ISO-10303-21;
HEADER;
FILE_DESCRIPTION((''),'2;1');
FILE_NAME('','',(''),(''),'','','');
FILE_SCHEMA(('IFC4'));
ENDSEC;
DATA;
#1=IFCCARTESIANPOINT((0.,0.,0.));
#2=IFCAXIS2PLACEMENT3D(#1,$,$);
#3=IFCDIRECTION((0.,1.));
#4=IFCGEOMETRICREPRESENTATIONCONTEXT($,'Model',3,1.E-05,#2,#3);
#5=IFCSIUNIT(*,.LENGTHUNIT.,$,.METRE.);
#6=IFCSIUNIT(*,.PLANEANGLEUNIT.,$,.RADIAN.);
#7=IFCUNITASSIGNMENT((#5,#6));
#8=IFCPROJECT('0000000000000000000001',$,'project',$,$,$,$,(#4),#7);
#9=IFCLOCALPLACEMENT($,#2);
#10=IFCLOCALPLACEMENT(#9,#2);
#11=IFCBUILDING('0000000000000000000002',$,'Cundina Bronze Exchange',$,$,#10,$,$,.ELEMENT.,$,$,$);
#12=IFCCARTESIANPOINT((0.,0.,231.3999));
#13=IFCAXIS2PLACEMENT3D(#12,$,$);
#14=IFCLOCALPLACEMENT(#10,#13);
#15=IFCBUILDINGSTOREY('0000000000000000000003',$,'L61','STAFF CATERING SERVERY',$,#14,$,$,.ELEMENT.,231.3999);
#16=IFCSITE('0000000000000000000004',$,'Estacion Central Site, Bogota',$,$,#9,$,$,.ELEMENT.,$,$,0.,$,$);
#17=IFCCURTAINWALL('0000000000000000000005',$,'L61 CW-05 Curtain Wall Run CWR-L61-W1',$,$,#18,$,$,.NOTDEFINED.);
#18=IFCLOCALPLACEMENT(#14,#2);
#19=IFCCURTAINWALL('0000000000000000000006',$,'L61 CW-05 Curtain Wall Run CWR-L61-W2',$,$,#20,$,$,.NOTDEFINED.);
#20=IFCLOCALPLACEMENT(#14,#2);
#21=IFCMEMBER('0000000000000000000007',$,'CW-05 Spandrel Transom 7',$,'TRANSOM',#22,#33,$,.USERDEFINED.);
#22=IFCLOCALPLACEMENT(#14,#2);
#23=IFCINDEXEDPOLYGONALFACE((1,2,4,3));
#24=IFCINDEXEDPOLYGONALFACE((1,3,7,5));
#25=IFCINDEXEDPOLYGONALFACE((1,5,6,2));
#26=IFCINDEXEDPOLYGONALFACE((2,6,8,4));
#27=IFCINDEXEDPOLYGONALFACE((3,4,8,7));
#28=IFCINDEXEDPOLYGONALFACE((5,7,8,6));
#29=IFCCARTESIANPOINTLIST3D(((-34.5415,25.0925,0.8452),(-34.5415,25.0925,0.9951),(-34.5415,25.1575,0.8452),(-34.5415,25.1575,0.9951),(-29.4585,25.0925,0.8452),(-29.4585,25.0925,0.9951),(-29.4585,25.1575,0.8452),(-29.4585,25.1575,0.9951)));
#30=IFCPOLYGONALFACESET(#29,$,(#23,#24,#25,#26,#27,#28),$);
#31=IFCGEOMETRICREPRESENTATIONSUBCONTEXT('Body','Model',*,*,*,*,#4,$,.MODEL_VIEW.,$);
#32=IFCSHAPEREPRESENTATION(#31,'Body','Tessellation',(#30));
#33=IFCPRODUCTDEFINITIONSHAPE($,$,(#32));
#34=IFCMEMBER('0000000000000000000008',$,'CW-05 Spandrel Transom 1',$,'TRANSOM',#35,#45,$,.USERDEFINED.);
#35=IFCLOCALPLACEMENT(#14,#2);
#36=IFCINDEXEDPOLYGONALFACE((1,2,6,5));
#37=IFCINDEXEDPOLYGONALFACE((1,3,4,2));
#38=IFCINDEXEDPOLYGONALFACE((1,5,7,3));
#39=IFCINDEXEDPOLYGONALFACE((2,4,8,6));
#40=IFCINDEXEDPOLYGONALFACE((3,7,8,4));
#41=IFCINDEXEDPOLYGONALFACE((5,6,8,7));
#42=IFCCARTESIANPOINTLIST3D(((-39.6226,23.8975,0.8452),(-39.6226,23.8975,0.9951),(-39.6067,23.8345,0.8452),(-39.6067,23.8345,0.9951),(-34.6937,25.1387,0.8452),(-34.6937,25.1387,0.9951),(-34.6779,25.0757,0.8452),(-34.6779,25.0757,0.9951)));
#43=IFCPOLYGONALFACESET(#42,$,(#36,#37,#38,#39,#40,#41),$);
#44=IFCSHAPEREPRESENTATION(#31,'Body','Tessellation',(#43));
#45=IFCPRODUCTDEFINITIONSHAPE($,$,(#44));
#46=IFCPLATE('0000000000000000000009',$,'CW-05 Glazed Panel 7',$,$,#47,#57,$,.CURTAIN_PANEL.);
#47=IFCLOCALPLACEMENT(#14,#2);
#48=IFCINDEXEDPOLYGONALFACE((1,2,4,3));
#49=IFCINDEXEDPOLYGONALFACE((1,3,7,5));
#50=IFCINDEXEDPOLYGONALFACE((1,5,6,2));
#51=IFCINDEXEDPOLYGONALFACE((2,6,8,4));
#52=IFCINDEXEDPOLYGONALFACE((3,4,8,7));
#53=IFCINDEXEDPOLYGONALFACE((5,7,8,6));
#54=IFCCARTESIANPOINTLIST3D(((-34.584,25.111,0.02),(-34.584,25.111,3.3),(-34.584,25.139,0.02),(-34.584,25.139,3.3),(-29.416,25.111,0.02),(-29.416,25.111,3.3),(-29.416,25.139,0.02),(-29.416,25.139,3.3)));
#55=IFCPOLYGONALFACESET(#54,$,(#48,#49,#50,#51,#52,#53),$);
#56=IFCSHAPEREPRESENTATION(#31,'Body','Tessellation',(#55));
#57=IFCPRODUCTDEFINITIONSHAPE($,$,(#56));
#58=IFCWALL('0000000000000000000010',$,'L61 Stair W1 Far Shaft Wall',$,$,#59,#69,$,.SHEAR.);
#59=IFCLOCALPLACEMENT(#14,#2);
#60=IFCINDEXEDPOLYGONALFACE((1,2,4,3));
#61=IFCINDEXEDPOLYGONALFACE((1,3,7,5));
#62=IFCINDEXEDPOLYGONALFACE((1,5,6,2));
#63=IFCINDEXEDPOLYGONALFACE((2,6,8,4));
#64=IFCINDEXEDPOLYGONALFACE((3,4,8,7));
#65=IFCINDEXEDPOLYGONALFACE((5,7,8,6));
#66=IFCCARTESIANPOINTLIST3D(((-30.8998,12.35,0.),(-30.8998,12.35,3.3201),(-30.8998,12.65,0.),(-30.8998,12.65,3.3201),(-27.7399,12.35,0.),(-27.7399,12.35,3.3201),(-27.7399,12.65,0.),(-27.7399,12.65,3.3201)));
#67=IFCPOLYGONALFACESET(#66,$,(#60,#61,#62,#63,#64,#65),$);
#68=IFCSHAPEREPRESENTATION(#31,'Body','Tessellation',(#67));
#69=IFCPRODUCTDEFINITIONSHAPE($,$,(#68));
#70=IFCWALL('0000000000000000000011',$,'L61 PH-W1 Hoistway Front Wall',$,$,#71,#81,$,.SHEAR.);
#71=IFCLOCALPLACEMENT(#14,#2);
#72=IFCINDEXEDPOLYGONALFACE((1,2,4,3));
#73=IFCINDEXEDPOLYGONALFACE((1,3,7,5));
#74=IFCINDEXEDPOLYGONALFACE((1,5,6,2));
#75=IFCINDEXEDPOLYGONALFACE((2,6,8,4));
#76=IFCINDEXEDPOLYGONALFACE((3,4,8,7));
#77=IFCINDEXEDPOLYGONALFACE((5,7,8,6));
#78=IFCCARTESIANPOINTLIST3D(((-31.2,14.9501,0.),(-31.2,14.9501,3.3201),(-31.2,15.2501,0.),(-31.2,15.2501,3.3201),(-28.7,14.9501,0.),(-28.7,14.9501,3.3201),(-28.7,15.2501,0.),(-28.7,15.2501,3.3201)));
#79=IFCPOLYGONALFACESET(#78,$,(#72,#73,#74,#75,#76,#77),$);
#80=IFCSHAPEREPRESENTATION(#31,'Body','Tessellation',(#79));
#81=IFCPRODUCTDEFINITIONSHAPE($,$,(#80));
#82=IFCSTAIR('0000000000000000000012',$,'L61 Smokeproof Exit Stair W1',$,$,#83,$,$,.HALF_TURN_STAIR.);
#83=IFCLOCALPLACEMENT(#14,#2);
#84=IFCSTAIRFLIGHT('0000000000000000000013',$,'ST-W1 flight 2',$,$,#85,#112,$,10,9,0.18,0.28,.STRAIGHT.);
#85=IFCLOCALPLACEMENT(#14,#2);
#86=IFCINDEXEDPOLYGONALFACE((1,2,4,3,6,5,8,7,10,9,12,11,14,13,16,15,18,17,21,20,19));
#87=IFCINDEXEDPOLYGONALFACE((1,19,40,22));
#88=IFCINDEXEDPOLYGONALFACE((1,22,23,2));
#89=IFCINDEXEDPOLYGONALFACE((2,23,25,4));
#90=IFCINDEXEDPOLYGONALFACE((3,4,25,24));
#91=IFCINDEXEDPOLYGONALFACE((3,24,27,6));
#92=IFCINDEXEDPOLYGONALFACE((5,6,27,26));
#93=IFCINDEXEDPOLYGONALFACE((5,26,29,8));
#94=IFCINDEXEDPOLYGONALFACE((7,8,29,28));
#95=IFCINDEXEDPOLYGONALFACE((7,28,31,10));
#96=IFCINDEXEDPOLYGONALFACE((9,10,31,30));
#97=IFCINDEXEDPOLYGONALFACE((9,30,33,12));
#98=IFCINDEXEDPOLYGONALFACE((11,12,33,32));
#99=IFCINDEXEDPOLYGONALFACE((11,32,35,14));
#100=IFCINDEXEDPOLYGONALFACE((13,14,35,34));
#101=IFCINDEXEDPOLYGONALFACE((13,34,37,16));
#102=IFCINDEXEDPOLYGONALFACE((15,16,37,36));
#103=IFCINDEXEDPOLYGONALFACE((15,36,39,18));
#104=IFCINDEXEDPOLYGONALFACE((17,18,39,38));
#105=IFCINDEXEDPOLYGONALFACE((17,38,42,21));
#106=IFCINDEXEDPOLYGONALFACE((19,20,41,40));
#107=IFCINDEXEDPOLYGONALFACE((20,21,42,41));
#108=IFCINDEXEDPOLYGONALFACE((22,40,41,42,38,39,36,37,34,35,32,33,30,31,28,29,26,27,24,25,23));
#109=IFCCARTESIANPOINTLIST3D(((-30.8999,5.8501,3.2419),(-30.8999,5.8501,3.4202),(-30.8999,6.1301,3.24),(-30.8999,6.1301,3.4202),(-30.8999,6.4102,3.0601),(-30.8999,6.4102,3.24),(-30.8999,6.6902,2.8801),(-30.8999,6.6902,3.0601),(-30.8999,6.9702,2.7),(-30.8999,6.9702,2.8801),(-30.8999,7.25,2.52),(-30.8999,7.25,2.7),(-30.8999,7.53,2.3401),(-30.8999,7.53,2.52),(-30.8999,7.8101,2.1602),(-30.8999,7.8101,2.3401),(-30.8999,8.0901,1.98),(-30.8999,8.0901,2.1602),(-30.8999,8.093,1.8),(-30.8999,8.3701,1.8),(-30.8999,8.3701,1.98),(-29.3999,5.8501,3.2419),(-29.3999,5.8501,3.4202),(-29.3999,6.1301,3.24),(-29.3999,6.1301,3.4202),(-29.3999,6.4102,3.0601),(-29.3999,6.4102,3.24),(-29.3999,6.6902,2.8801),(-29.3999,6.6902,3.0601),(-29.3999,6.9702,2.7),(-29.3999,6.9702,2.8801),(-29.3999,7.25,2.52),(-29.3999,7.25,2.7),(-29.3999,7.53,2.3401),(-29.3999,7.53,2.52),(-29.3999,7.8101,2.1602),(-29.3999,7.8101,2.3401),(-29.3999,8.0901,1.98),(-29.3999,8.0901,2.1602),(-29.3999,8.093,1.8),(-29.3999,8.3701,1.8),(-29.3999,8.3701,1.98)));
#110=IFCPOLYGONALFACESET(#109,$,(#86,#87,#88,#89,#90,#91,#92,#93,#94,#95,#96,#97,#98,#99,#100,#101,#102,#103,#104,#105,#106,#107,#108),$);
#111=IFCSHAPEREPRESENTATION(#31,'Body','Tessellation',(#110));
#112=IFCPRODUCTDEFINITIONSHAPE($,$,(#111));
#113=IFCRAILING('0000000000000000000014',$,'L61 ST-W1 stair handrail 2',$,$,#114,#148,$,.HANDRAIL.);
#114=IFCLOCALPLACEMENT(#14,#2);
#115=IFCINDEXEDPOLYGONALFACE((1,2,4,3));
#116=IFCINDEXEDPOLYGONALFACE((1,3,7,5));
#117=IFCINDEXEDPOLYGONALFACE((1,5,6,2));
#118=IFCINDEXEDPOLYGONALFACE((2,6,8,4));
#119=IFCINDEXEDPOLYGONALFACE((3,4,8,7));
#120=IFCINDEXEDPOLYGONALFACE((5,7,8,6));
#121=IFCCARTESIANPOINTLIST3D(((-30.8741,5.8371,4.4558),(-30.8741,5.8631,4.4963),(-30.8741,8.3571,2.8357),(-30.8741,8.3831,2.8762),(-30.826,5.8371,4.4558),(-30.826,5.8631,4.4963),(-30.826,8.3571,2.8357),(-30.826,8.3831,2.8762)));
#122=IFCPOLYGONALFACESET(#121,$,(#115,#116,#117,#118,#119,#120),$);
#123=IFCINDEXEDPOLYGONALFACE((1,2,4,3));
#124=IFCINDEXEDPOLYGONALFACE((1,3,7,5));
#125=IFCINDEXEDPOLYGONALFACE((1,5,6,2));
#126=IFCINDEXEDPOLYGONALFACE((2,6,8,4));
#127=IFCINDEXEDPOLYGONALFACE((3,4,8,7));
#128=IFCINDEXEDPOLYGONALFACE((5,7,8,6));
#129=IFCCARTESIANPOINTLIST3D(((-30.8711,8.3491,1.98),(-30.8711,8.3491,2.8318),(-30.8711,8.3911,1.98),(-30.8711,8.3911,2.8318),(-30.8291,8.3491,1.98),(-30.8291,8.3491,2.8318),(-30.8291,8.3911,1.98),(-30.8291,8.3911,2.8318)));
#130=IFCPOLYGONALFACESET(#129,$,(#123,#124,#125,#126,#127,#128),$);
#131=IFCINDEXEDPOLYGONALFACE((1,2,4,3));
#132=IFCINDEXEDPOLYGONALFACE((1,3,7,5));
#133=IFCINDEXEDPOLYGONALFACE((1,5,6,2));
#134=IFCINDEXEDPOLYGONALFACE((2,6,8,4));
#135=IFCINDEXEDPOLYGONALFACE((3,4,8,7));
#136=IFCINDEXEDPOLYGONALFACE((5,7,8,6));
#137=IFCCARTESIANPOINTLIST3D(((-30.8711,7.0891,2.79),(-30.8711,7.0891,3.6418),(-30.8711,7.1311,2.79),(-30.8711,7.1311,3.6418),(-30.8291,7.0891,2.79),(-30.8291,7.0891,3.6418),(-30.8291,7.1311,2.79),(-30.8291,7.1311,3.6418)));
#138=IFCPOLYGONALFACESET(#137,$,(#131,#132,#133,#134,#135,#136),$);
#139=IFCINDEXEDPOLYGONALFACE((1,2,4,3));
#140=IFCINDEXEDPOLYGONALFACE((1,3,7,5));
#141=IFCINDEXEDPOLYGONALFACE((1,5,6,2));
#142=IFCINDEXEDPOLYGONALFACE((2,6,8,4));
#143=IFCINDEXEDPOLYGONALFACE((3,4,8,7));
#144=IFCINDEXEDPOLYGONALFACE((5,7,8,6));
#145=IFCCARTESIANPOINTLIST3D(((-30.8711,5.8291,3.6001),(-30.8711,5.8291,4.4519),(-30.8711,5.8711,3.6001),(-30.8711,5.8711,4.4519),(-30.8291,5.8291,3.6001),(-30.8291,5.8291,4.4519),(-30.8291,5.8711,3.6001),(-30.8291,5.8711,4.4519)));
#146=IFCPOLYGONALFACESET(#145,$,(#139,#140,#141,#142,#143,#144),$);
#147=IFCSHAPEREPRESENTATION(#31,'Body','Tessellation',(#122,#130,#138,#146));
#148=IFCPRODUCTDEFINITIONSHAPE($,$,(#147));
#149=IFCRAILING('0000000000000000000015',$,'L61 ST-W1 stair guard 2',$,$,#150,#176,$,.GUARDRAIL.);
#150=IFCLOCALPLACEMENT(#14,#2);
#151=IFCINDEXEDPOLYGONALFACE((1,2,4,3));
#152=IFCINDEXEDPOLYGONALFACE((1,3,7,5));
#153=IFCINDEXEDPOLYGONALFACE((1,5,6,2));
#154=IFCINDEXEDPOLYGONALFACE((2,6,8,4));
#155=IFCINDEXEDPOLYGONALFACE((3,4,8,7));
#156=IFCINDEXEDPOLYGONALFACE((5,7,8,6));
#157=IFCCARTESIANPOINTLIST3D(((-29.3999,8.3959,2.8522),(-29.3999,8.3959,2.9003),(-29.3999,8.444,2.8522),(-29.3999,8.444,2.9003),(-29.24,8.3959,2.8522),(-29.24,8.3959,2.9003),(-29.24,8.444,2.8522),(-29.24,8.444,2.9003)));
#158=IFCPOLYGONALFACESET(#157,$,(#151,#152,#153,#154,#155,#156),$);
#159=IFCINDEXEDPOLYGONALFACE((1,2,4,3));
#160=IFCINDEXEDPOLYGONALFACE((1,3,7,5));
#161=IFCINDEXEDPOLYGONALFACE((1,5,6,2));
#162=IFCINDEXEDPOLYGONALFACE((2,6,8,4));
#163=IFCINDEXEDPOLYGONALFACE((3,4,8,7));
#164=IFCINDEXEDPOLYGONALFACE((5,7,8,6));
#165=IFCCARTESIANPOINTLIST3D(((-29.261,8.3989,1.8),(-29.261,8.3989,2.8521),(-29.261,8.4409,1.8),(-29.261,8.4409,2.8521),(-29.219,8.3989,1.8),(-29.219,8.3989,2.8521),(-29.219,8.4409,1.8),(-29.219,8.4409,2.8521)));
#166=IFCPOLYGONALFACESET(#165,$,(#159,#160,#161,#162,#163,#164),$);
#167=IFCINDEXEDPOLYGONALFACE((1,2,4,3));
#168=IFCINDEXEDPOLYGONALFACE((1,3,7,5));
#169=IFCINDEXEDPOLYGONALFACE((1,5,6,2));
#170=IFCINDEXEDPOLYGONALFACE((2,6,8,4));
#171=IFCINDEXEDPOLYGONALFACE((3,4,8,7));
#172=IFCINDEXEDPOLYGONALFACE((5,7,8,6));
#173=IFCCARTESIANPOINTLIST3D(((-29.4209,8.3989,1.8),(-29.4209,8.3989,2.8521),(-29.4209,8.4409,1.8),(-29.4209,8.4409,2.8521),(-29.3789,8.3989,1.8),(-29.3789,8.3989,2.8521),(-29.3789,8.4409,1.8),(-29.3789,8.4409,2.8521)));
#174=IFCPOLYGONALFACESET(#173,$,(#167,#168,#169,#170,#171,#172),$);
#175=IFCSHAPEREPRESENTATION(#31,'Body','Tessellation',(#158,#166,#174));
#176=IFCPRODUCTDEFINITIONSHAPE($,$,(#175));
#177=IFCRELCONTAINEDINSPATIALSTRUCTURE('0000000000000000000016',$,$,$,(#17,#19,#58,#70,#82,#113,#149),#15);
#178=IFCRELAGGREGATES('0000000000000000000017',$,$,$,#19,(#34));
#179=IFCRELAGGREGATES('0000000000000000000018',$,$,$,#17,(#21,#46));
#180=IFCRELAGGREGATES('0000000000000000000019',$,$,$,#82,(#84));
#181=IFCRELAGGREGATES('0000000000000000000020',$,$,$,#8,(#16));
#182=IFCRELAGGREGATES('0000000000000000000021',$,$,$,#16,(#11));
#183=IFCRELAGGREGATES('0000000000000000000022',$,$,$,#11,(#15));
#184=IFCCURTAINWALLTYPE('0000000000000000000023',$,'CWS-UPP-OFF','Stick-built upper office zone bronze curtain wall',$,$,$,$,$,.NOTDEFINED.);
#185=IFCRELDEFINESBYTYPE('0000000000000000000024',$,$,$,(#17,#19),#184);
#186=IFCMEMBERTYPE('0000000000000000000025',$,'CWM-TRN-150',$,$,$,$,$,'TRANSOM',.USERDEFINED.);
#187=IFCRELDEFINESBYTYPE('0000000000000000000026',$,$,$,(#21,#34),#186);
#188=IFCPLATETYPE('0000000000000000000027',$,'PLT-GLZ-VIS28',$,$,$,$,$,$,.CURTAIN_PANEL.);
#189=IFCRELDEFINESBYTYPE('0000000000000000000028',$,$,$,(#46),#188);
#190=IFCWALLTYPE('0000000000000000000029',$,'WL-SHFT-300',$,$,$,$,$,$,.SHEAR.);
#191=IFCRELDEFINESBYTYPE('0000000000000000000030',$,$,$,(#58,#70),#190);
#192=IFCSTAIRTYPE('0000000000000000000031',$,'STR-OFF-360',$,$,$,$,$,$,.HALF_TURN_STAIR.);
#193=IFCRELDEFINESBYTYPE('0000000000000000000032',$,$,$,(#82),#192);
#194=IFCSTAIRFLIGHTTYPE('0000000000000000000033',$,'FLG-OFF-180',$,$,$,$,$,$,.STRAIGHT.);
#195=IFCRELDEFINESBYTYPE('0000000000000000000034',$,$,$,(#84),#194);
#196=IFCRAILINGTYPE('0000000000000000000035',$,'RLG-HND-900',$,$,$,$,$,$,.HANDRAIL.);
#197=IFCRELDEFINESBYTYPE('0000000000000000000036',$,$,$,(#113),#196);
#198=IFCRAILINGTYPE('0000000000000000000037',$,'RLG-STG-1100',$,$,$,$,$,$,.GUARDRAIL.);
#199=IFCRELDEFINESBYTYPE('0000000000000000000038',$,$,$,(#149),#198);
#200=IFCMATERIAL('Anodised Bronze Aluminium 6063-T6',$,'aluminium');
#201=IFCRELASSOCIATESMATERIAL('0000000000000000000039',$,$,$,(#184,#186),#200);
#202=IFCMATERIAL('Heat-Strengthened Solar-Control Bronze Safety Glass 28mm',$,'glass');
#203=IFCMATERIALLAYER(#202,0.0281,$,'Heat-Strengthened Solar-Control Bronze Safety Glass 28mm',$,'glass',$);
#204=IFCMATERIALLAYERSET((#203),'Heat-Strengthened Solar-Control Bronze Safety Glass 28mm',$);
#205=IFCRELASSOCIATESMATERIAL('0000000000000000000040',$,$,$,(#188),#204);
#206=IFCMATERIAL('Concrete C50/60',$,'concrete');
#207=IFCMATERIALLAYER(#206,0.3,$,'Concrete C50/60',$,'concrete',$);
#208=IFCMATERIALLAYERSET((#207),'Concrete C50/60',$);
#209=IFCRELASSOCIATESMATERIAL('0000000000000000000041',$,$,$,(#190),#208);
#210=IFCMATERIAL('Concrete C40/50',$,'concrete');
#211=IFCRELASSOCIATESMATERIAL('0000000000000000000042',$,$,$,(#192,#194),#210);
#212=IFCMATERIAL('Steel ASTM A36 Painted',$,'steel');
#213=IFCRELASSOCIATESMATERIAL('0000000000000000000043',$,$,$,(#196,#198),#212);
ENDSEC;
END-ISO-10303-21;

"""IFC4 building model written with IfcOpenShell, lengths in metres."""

from ifc_helpers import new_model, si_unit, direction, frame, frame_2d, origin, origin_2d, place, context, subcontext, project, spatial, polyline, rectangle, outline, extrude, material, layer, layer_set, material_profile, profile_set, type_object, element, aggregate, save


model = new_model("IFC4")

# Units and contexts
model_context = context("Model", 3, precision=1e-05, world=origin(), true_north=direction((0.0, 1.0)))
body_context = subcontext(model_context, "Body", "Model", "MODEL_VIEW")
ifc_project = project(units=[si_unit("LENGTHUNIT", "METRE"), si_unit("PLANEANGLEUNIT", "RADIAN")], contexts=[model_context])

# Site, building, storey
site_placement = place(None, origin())
site = spatial("IfcSite", under=ifc_project, at=site_placement, Name="Estacion Central Site, Bogota", CompositionType="ELEMENT", RefElevation=0.0)
building_placement = place(site_placement, origin())
building = spatial("IfcBuilding", under=site, at=building_placement, Name="Cundina Bronze Exchange", CompositionType="ELEMENT")
storey_placement = place(building_placement, frame((0.0, 0.0, 231.3999)))
storey = spatial("IfcBuildingStorey", under=building, at=storey_placement, Name="L61", Description="STAFF CATERING SERVERY", CompositionType="ELEMENT", Elevation=231.3999)

# Shared definitions
ifc_material_1 = material(Name="Concrete C50/60", Category="concrete")

# Curtain wall
ifc_material_2 = material(Name="Anodised Bronze Aluminium 6063-T6", Category="aluminium")
curtain_wall_type = type_object("IfcCurtainWallType", Name="CWS-UPP-OFF", Description="Stick-built upper office zone bronze curtain wall", PredefinedType="NOTDEFINED", material=ifc_material_2)
curtain_wall_1_placement = place(storey_placement, origin())
curtain_wall_1 = element("IfcCurtainWall", 1, at=curtain_wall_1_placement, inside=storey, type_object=curtain_wall_type, Name="L61 CW-05 Curtain Wall Run CWR-L61-W1", PredefinedType="NOTDEFINED")

# Curtain wall
curtain_wall_2_placement = place(storey_placement, origin())
curtain_wall_2 = element("IfcCurtainWall", 2, at=curtain_wall_2_placement, inside=storey, type_object=curtain_wall_type, Name="L61 CW-05 Curtain Wall Run CWR-L61-W2", PredefinedType="NOTDEFINED")

# Members
ifc_material_profile_1 = material_profile(ifc_material_2, rectangle(XDim=0.0649, YDim=0.1499, at=origin_2d()), Name="AL65X150", Category="aluminium")
ifc_profile_set_1 = profile_set([ifc_material_profile_1], Name="Anodised Bronze Aluminium 6063-T6")
member_type_1 = type_object("IfcMemberType", Name="CWM-TRN-150", ElementType="TRANSOM", PredefinedType="USERDEFINED", material=ifc_profile_set_1)
member_1_placement = place(storey_placement, frame((-29.4585, 25.125, 0.9202), z_axis=(-1.0, 0.0, 0.0), x_axis=(0.0, -1.0, 0.0)))
member_1 = element("IfcMember", 3, at=member_1_placement, type_object=member_type_1, Name="CW-05 Spandrel Transom 7", ObjectType="TRANSOM", PredefinedType="USERDEFINED", context=body_context, shape_type="SweptSolid", body=[
    extrude(rectangle(XDim=0.0649, YDim=0.1499, at=origin_2d()), origin(), (0.0, 0.0, 1.0), 5.083),
])
member_2_placement = place(storey_placement, frame((-34.6858, 25.1072, 0.9202), z_axis=(-0.969726, -0.244197, 0.0), x_axis=(0.244197, -0.969726, 0.0)))
member_2 = element("IfcMember", 4, at=member_2_placement, type_object=member_type_1, Name="CW-05 Spandrel Transom 1", ObjectType="TRANSOM", PredefinedType="USERDEFINED", context=body_context, shape_type="SweptSolid", body=[
    extrude(rectangle(XDim=0.0649, YDim=0.1499, at=origin_2d()), origin(), (0.0, 0.0, 1.0), 5.0828),
])
aggregate(curtain_wall_2, [member_2])

# Plate
ifc_material_3 = material(Name="Heat-Strengthened Solar-Control Bronze Safety Glass 28mm", Category="glass")
ifc_layer_1 = layer(ifc_material_3, 0.0281, Name="Heat-Strengthened Solar-Control Bronze Safety Glass 28mm", Category="glass")
ifc_layer_set_1 = layer_set([ifc_layer_1], Name="Heat-Strengthened Solar-Control Bronze Safety Glass 28mm")
plate_type = type_object("IfcPlateType", Name="PLT-GLZ-VIS28", PredefinedType="CURTAIN_PANEL", material=ifc_layer_set_1)
plate_placement = place(storey_placement, frame((-32.0, 25.125, 0.02), z_axis=(0.0, 0.0, 1.0), x_axis=(-1.0, 0.0, 0.0)))
plate = element("IfcPlate", 5, at=plate_placement, type_object=plate_type, Name="CW-05 Glazed Panel 7", PredefinedType="CURTAIN_PANEL", context=body_context, shape_type="SweptSolid", body=[
    extrude(rectangle(XDim=5.168, YDim=0.0281, at=origin_2d()), origin(), (0.0, 0.0, 1.0), 3.28),
])
aggregate(curtain_wall_1, [member_1, plate])

# Shared definitions
ifc_layer_2 = layer(ifc_material_1, 0.3, Name="Concrete C50/60", Category="concrete")
ifc_layer_set_2 = layer_set([ifc_layer_2], Name="Concrete C50/60")
wall_type_1 = type_object("IfcWallType", Name="WL-SHFT-300", PredefinedType="SHEAR", material=ifc_layer_set_2)
ifc_material_4 = material(Name="Steel ASTM A36 Painted", Category="steel")

# Walls
wall_1_placement = place(storey_placement, frame((-30.8999, 12.5, 0.0), z_axis=(0.0, 0.0, 1.0), x_axis=(1.0, 0.0, 0.0)))
element("IfcWall", 6, at=wall_1_placement, inside=storey, type_object=wall_type_1, Name="L61 Stair W1 Far Shaft Wall", PredefinedType="SHEAR", context=body_context, shape_type="SweptSolid", body=[
    extrude(rectangle(XDim=3.1599, YDim=0.3, at=frame_2d((1.5801, 0.0))), origin(), (0.0, 0.0, 1.0), 3.3201),
])
wall_2_placement = place(storey_placement, frame((-31.2, 15.1001, 0.0), z_axis=(0.0, 0.0, 1.0), x_axis=(1.0, 0.0, 0.0)))
element("IfcWall", 7, at=wall_2_placement, inside=storey, type_object=wall_type_1, Name="L61 PH-W1 Hoistway Front Wall", PredefinedType="SHEAR", context=body_context, shape_type="SweptSolid", body=[
    extrude(rectangle(XDim=2.5, YDim=0.3, at=frame_2d((1.25, 0.0))), origin(), (0.0, 0.0, 1.0), 3.3201),
])

# Stair, stair flight
ifc_material_5 = material(Name="Concrete C40/50", Category="concrete")
stair_type = type_object("IfcStairType", Name="STR-OFF-360", PredefinedType="HALF_TURN_STAIR", material=ifc_material_5)
stair_placement = place(storey_placement, origin())
stair = element("IfcStair", 8, at=stair_placement, inside=storey, type_object=stair_type, Name="L61 Smokeproof Exit Stair W1", PredefinedType="HALF_TURN_STAIR")
stair_flight_type = type_object("IfcStairFlightType", Name="FLG-OFF-180", PredefinedType="STRAIGHT", material=ifc_material_5)
stair_flight_placement = place(storey_placement, frame((-30.1499, 8.3701, 1.8), z_axis=(0.0, 0.0, 1.0), x_axis=(0.0, -1.0, 0.0)))
stair_flight = element("IfcStairFlight", 9, at=stair_flight_placement, type_object=stair_flight_type, Name="ST-W1 flight 2", NumberOfRisers=10, NumberOfTreads=9, PredefinedType="STRAIGHT", RiserHeight=0.18, TreadLength=0.28, context=body_context, shape_type="SweptSolid", body=[
    extrude(outline(polyline([(0.0, 0.0), (0.0, 0.1799), (0.28, 0.1799), (0.28, 0.3601), (0.5601, 0.3601), (0.5601, 0.54), (0.8401, 0.54), (0.8401, 0.72), (1.1201, 0.72), (1.1201, 0.8999), (1.3999, 0.8999), (1.3999, 1.0801), (1.6799, 1.0801), (1.6799, 1.26), (1.96, 1.26), (1.96, 1.4399), (2.24, 1.4399), (2.24, 1.6201), (2.52, 1.6201), (2.52, 1.8), (2.52, 1.4419), (0.2771, 0.0), (0.0, 0.0)])), frame((0.0, 0.75, 0.0), z_axis=(0.0, -1.0, 0.0), x_axis=(1.0, 0.0, 0.0)), (0.0, 0.0, 1.0), 1.5),
])
aggregate(stair, [stair_flight])

# Railings
railing_type_1 = type_object("IfcRailingType", Name="RLG-HND-900", PredefinedType="HANDRAIL", material=ifc_material_4)
railing_1_placement = place(storey_placement, frame((-30.8501, 8.3701, 1.98)))
element("IfcRailing", 10, at=railing_1_placement, inside=storey, type_object=railing_type_1, Name="L61 ST-W1 stair handrail 2", PredefinedType="HANDRAIL", context=body_context, shape_type="SweptSolid", body=[
    extrude(rectangle(XDim=0.0481, YDim=0.0481, at=origin_2d()), frame((0.0, 0.0, 0.876), z_axis=(0.0, -0.841163, 0.540782), x_axis=(1.0, 0.0, 0.0)), (0.0, 0.0, 1.0), 2.9958),
    extrude(rectangle(XDim=0.042, YDim=0.042, at=origin_2d()), origin(), (0.0, 0.0, 1.0), 0.8518),
    extrude(rectangle(XDim=0.042, YDim=0.042, at=origin_2d()), frame((0.0, -1.26, 0.8101)), (0.0, 0.0, 1.0), 0.8518),
    extrude(rectangle(XDim=0.042, YDim=0.042, at=origin_2d()), frame((0.0, -2.52, 1.6201)), (0.0, 0.0, 1.0), 0.8518),
])
railing_type_2 = type_object("IfcRailingType", Name="RLG-STG-1100", PredefinedType="GUARDRAIL", material=ifc_material_4)
railing_2_placement = place(storey_placement, frame((-29.24, 8.4199, 1.8)))
element("IfcRailing", 11, at=railing_2_placement, inside=storey, type_object=railing_type_2, Name="L61 ST-W1 stair guard 2", PredefinedType="GUARDRAIL", context=body_context, shape_type="SweptSolid", body=[
    extrude(rectangle(XDim=0.0481, YDim=0.0481, at=origin_2d()), frame((0.0, 0.0, 1.0762), z_axis=(-1.0, 0.0, 0.0), x_axis=(0.0, -1.0, 0.0)), (0.0, 0.0, 1.0), 0.1599),
    extrude(rectangle(XDim=0.042, YDim=0.042, at=origin_2d()), origin(), (0.0, 0.0, 1.0), 1.052),
    extrude(rectangle(XDim=0.042, YDim=0.042, at=origin_2d()), frame((-0.1599, 0.0, 0.0)), (0.0, 0.0, 1.0), 1.052),
])

save(model, "model.ifc")
